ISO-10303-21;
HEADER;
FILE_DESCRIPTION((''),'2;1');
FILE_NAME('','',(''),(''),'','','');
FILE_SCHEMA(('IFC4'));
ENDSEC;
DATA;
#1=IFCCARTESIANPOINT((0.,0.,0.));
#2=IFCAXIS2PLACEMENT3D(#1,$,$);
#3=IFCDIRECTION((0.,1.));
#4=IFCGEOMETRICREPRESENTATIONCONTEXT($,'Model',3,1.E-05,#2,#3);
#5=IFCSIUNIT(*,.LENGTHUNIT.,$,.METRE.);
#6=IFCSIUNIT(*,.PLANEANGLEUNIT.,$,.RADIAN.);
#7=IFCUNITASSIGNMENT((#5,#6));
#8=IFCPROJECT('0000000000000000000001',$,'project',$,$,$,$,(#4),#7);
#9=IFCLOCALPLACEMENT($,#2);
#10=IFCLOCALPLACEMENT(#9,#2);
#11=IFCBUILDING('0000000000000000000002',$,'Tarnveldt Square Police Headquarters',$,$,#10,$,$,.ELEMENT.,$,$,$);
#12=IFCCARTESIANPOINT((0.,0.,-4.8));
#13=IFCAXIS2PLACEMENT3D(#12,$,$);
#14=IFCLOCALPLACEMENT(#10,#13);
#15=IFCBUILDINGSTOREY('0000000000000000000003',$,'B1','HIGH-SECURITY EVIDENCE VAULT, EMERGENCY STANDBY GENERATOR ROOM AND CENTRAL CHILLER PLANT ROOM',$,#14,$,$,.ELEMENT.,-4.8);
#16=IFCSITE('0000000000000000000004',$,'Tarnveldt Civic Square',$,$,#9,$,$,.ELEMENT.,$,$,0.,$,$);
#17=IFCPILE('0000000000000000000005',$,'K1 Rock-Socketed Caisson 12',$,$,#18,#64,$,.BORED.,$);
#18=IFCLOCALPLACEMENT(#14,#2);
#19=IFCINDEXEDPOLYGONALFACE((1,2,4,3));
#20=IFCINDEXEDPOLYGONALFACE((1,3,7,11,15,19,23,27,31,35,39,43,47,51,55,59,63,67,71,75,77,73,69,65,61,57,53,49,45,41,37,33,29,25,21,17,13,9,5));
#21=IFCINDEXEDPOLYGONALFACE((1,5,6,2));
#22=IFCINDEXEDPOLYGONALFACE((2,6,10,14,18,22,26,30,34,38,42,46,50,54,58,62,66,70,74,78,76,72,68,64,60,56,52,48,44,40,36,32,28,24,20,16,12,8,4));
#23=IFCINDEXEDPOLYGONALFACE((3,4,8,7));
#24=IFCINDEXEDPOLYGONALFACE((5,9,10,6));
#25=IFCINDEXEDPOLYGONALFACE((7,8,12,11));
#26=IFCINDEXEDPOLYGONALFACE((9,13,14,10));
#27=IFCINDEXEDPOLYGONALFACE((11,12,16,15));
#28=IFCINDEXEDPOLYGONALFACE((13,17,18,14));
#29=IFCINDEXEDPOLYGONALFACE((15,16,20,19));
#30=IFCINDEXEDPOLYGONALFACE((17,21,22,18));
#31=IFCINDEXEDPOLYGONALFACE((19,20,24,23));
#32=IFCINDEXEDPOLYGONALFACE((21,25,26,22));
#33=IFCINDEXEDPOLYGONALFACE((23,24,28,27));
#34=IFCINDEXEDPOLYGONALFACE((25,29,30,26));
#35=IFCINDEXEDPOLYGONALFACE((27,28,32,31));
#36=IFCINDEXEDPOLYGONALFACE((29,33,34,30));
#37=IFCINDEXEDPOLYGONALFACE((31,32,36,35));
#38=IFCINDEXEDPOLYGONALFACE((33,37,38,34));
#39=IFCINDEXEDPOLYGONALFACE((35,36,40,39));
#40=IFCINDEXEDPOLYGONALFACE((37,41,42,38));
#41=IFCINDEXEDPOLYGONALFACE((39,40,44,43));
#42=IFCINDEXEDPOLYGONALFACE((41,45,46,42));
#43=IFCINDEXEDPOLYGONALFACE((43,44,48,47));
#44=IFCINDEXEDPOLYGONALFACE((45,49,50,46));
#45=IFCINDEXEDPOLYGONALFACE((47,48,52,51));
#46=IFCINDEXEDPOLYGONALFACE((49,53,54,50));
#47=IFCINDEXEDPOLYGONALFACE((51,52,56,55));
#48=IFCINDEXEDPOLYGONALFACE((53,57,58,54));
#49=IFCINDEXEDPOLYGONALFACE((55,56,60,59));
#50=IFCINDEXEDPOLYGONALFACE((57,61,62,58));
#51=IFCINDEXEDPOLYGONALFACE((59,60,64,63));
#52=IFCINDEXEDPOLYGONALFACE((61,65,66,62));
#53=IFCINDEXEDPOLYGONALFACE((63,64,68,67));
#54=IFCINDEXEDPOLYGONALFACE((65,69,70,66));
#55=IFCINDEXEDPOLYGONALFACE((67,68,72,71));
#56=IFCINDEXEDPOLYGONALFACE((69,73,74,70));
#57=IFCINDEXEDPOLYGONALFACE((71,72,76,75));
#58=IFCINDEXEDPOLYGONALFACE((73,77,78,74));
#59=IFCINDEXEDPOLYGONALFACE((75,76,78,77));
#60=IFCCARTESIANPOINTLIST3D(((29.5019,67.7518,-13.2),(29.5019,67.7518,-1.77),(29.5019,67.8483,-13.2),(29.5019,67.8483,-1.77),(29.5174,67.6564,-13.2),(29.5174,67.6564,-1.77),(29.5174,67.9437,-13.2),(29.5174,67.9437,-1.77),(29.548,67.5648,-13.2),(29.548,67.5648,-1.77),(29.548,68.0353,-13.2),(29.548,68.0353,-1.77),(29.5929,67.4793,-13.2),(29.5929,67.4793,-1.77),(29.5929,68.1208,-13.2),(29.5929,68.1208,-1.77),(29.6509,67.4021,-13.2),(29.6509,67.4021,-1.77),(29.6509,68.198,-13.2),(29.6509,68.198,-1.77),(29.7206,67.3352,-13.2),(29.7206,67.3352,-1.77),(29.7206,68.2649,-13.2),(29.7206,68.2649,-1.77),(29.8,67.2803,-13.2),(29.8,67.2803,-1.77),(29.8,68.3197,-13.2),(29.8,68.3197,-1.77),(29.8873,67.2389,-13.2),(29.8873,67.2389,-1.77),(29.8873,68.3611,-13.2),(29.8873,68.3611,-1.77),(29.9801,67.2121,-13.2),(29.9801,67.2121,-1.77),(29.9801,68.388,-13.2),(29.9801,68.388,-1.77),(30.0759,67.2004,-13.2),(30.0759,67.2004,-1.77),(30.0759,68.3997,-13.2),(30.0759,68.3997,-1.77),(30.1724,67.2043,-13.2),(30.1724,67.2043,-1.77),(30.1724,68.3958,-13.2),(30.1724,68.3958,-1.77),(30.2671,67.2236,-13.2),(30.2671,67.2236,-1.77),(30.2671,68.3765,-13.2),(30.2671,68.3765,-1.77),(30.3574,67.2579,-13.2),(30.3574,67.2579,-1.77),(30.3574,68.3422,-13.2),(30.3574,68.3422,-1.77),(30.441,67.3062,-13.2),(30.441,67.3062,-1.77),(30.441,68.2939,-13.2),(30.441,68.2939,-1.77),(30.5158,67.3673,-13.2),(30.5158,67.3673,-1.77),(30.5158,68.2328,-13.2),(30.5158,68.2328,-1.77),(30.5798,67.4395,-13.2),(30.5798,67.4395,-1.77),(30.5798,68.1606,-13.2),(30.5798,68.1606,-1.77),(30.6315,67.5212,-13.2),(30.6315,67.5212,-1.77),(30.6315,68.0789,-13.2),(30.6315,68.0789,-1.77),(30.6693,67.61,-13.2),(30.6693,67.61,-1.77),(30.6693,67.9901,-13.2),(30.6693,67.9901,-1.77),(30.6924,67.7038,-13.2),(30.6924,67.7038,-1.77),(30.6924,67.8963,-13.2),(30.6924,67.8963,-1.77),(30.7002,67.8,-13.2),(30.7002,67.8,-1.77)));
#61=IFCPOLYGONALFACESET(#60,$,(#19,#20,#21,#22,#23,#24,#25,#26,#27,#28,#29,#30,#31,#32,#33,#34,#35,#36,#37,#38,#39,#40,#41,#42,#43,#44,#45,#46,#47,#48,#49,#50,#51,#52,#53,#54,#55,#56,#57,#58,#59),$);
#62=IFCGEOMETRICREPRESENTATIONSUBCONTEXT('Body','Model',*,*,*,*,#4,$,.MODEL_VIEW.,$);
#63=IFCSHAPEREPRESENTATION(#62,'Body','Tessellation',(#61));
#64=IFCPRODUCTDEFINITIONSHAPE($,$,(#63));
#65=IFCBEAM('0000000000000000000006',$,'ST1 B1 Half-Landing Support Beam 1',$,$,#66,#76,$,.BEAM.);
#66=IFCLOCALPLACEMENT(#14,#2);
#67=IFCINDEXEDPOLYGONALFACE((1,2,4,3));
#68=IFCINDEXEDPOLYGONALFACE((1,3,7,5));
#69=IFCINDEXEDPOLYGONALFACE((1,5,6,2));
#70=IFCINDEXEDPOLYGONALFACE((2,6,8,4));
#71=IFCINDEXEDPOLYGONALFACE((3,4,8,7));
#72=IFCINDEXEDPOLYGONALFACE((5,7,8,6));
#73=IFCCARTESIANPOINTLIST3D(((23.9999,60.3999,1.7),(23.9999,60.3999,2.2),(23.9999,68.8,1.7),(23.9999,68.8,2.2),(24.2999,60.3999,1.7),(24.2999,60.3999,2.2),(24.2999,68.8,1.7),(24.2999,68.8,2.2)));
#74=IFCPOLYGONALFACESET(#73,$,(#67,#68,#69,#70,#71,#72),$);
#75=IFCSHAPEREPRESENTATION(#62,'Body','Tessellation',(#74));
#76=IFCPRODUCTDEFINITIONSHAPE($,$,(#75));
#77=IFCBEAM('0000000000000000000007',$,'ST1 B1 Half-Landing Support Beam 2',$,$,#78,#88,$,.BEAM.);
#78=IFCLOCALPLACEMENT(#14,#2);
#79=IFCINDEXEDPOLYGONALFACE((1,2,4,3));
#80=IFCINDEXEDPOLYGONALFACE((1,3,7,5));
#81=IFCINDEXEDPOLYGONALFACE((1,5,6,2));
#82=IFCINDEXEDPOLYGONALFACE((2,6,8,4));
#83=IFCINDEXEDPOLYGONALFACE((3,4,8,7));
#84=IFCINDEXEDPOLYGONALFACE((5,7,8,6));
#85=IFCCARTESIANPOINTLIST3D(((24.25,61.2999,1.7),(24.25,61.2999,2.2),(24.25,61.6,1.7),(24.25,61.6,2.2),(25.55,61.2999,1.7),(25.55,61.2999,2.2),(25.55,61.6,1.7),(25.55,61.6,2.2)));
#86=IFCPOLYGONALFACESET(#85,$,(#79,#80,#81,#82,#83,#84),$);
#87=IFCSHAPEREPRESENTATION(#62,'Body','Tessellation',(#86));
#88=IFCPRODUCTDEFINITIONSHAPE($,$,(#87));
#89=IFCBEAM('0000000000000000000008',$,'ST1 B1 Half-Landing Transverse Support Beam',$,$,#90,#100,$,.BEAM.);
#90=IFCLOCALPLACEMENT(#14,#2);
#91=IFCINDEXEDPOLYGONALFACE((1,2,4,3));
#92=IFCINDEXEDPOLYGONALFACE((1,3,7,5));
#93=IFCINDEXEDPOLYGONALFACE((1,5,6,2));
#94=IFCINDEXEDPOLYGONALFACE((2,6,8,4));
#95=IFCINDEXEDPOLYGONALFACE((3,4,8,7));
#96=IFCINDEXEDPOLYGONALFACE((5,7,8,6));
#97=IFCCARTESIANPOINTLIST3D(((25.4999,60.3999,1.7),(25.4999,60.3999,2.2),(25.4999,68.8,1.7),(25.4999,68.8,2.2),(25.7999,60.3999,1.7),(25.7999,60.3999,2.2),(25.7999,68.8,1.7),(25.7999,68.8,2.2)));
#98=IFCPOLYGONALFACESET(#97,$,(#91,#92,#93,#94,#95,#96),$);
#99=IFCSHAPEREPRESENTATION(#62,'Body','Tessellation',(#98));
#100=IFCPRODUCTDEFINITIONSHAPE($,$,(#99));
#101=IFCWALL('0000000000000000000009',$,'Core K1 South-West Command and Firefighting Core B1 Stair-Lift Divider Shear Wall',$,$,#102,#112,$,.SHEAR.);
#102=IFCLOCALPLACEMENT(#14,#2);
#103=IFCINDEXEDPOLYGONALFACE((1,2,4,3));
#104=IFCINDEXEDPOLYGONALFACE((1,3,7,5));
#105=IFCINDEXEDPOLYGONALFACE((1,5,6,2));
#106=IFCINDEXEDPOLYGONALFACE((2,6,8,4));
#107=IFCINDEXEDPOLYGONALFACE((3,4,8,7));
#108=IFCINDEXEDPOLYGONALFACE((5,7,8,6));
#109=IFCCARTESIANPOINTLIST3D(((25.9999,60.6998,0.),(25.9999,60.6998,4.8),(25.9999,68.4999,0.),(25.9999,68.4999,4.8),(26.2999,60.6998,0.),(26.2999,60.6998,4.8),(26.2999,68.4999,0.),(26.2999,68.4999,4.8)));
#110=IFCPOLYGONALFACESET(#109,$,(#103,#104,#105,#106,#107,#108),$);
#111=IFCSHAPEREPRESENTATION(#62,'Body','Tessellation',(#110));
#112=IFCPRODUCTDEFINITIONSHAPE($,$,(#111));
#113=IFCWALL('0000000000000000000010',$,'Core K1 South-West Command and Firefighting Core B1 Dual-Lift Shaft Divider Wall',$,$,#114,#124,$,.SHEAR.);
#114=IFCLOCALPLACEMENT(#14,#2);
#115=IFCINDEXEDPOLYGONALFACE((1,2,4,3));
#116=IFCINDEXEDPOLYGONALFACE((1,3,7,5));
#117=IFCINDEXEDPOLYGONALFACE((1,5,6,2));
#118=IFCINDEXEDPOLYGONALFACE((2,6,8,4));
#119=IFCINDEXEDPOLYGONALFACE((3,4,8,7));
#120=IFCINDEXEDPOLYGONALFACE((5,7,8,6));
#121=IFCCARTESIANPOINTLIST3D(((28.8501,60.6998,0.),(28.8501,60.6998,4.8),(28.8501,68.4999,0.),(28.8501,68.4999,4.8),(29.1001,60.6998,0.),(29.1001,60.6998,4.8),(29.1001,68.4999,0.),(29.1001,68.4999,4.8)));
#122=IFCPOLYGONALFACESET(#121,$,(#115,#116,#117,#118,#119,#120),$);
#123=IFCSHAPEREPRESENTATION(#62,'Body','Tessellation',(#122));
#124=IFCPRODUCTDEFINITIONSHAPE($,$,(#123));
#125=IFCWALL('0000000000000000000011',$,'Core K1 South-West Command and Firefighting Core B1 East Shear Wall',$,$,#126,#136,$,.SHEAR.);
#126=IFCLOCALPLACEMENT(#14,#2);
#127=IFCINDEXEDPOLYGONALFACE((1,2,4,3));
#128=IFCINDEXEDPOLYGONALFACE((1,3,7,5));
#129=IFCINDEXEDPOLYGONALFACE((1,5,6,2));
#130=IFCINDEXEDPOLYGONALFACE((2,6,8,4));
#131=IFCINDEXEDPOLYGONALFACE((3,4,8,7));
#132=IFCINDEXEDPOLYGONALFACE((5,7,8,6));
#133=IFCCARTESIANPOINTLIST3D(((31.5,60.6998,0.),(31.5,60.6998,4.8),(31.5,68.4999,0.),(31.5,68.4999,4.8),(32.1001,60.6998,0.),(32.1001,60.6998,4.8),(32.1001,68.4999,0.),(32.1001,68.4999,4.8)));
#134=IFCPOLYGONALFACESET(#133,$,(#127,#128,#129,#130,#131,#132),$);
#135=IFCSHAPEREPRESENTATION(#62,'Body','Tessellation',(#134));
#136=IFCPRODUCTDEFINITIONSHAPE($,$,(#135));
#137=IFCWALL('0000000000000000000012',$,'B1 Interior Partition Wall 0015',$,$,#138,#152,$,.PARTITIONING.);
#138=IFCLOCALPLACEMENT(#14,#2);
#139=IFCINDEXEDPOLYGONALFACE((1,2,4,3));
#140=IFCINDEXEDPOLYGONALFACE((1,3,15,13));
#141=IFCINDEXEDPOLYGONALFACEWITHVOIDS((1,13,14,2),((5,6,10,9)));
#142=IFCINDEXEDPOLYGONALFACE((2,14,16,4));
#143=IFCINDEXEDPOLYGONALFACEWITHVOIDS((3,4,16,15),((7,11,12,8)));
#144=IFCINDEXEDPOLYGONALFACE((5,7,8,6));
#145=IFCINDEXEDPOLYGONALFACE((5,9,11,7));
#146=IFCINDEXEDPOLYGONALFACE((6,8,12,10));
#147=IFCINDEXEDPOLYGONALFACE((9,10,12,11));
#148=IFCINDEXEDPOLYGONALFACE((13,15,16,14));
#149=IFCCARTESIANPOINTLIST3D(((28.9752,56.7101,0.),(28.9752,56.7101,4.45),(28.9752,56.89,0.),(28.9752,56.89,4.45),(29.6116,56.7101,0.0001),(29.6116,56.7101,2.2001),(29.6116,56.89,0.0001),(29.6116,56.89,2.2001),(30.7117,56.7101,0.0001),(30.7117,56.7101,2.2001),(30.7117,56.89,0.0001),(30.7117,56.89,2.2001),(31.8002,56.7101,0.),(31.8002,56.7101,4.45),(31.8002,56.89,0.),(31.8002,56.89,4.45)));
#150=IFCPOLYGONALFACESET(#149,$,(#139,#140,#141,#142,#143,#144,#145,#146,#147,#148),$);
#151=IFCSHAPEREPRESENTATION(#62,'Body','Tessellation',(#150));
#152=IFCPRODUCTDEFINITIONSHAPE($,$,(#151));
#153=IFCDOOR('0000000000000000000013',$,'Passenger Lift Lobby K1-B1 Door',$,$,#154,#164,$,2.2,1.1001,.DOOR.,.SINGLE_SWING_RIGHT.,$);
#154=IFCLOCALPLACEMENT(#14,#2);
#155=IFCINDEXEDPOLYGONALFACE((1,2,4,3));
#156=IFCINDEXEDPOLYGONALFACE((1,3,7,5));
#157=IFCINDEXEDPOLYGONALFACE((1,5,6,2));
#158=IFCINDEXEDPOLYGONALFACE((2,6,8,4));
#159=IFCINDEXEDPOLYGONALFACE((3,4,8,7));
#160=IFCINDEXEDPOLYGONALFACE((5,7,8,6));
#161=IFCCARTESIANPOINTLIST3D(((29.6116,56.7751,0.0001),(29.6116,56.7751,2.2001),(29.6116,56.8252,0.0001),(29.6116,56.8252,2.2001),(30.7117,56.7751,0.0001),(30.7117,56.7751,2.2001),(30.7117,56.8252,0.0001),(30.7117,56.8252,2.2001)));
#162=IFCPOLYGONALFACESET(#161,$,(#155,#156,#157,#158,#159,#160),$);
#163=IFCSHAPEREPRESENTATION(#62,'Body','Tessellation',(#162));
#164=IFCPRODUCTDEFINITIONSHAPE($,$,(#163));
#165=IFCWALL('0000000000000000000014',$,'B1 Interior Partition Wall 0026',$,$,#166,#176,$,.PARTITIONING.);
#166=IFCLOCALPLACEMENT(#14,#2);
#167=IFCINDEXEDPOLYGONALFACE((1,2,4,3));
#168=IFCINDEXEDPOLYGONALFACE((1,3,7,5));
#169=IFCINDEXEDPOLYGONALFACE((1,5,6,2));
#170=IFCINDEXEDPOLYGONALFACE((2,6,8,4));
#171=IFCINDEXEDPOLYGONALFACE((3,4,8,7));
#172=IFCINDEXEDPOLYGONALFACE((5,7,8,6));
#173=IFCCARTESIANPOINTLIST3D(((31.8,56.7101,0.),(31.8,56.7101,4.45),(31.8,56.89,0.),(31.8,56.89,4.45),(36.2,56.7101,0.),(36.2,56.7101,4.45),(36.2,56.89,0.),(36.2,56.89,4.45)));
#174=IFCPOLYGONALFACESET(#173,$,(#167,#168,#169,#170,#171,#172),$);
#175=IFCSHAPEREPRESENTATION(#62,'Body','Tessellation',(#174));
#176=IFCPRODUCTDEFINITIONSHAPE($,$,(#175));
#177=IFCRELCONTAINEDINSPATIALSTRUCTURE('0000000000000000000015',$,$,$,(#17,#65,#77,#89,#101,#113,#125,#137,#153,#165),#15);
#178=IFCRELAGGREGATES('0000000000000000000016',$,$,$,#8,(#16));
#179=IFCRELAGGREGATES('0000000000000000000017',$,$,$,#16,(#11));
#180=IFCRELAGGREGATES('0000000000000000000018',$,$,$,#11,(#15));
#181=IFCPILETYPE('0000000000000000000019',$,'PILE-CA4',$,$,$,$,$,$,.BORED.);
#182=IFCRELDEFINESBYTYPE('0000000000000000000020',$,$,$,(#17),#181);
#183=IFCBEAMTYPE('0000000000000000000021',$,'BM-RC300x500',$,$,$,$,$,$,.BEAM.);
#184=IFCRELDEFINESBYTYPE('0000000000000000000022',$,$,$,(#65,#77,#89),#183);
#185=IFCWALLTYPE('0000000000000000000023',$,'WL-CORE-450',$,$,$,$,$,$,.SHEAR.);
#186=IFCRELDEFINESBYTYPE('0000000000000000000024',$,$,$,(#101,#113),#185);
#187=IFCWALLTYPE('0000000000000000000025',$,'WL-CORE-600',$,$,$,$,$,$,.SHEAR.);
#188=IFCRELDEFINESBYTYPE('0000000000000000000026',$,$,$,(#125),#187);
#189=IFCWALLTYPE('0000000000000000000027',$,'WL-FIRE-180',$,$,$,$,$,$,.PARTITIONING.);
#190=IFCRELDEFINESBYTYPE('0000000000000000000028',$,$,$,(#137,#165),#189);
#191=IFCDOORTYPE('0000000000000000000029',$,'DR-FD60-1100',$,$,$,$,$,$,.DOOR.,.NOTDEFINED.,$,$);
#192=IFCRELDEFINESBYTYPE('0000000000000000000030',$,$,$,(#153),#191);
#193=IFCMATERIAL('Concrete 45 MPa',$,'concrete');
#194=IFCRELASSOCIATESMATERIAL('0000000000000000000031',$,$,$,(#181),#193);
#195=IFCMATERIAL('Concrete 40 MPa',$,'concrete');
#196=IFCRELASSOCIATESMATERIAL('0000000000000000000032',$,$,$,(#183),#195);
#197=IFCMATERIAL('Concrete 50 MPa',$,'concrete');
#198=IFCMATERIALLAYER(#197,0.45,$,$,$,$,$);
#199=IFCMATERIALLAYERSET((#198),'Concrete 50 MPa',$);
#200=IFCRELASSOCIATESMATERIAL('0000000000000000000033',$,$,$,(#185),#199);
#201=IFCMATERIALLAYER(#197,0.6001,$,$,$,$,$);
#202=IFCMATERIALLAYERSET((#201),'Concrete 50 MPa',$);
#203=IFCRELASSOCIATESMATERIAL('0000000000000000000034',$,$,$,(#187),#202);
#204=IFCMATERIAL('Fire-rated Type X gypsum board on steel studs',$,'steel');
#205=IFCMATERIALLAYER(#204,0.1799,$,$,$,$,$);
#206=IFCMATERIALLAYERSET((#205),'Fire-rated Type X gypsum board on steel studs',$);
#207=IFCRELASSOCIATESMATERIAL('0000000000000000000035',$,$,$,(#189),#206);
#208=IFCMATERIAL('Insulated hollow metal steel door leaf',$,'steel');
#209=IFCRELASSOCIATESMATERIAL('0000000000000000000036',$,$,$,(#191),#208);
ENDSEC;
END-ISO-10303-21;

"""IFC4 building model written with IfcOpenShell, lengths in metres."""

from ifc_helpers import new_model, si_unit, direction, frame, frame_2d, origin, origin_2d, place, context, subcontext, project, spatial, rectangle, circle, extrude, material, layer, layer_set, material_profile, profile_set, type_object, element, fill, save


model = new_model("IFC4")

# Units and contexts
model_context = context("Model", 3, precision=1e-05, world=origin(), true_north=direction((0.0, 1.0)))
body_context = subcontext(model_context, "Body", "Model", "MODEL_VIEW")
ifc_project = project(units=[si_unit("LENGTHUNIT", "METRE"), si_unit("PLANEANGLEUNIT", "RADIAN")], contexts=[model_context])

# Site, building, storey
site_placement = place(None, origin())
site = spatial("IfcSite", under=ifc_project, at=site_placement, Name="Tarnveldt Civic Square", CompositionType="ELEMENT", RefElevation=0.0)
building_placement = place(site_placement, origin())
building = spatial("IfcBuilding", under=site, at=building_placement, Name="Tarnveldt Square Police Headquarters", CompositionType="ELEMENT")
storey_placement = place(building_placement, frame((0.0, 0.0, -4.8)))
storey = spatial("IfcBuildingStorey", under=building, at=storey_placement, Name="B1", Description="HIGH-SECURITY EVIDENCE VAULT, EMERGENCY STANDBY GENERATOR ROOM AND CENTRAL CHILLER PLANT ROOM", CompositionType="ELEMENT", Elevation=-4.8)

# Shared definitions
ifc_material_1 = material(Name="Concrete 45 MPa", Category="concrete")

# Pile
ifc_material_profile_1 = material_profile(ifc_material_1, circle(Radius=0.6001, at=origin_2d()), Name="CAISSON-D1200")
ifc_profile_set_1 = profile_set([ifc_material_profile_1], Name="Concrete 45 MPa")
pile_type_1 = type_object("IfcPileType", Name="PILE-CA4", PredefinedType="BORED", material=ifc_profile_set_1)
for number, where, z_axis, x_axis, name in (
    (1, (30.1001, 67.8, -1.77), (0.0, 0.0, -1.0), (1.0, 0.0, 0.0), "K1 Rock-Socketed Caisson 12"),
):
    element("IfcPile", number, at=place(storey_placement, frame(where, z_axis=z_axis, x_axis=x_axis)), inside=storey, type_object=pile_type_1, Name=name, PredefinedType="BORED", context=body_context, shape_type="SweptSolid", body=[
        extrude(circle(Radius=0.6001, at=origin_2d()), origin(), (0.0, 0.0, 1.0), 11.4299),
    ])

# Beams
ifc_material_2 = material(Name="Concrete 40 MPa", Category="concrete")
ifc_material_profile_2 = material_profile(ifc_material_2, rectangle(XDim=0.3, YDim=0.5, at=origin_2d()), Name="RC-B300x500")
ifc_profile_set_2 = profile_set([ifc_material_profile_2], Name="Concrete 40 MPa")
beam_type = type_object("IfcBeamType", Name="BM-RC300x500", PredefinedType="BEAM", material=ifc_profile_set_2)
beam_1_placement = place(storey_placement, frame((24.1499, 60.3999, 1.95), z_axis=(0.0, 1.0, 0.0), x_axis=(-1.0, 0.0, 0.0)))
element("IfcBeam", 2, at=beam_1_placement, inside=storey, type_object=beam_type, Name="ST1 B1 Half-Landing Support Beam 1", PredefinedType="BEAM", context=body_context, shape_type="SweptSolid", body=[
    extrude(rectangle(XDim=0.3, YDim=0.5, at=origin_2d()), origin(), (0.0, 0.0, 1.0), 8.4001),
])
beam_2_placement = place(storey_placement, frame((24.25, 61.45, 1.95), z_axis=(1.0, 0.0, 0.0), x_axis=(0.0, 1.0, 0.0)))
element("IfcBeam", 3, at=beam_2_placement, inside=storey, type_object=beam_type, Name="ST1 B1 Half-Landing Support Beam 2", PredefinedType="BEAM", context=body_context, shape_type="SweptSolid", body=[
    extrude(rectangle(XDim=0.3, YDim=0.5, at=origin_2d()), origin(), (0.0, 0.0, 1.0), 1.3),
])
beam_3_placement = place(storey_placement, frame((25.6499, 60.3999, 1.95), z_axis=(0.0, 1.0, 0.0), x_axis=(-1.0, 0.0, 0.0)))
element("IfcBeam", 4, at=beam_3_placement, inside=storey, type_object=beam_type, Name="ST1 B1 Half-Landing Transverse Support Beam", PredefinedType="BEAM", context=body_context, shape_type="SweptSolid", body=[
    extrude(rectangle(XDim=0.3, YDim=0.5, at=origin_2d()), origin(), (0.0, 0.0, 1.0), 8.4001),
])

# Walls
ifc_material_3 = material(Name="Concrete 50 MPa", Category="concrete")
ifc_layer_1 = layer(ifc_material_3, 0.45)
ifc_layer_set_1 = layer_set([ifc_layer_1], Name="Concrete 50 MPa")
wall_type_1 = type_object("IfcWallType", Name="WL-CORE-450", PredefinedType="SHEAR", material=ifc_layer_set_1)
wall_1_placement = place(storey_placement, frame((26.1499, 60.7, 0.0), z_axis=(0.0, 0.0, 1.0), x_axis=(0.0, 1.0, 0.0)))
element("IfcWall", 5, at=wall_1_placement, inside=storey, type_object=wall_type_1, Name="Core K1 South-West Command and Firefighting Core B1 Stair-Lift Divider Shear Wall", PredefinedType="SHEAR", context=body_context, shape_type="SweptSolid", body=[
    extrude(rectangle(XDim=7.8, YDim=0.3, at=frame_2d((3.8999, 0.0))), origin(), (0.0, 0.0, 1.0), 4.8),
])
wall_2_placement = place(storey_placement, frame((28.9751, 60.7, 0.0), z_axis=(0.0, 0.0, 1.0), x_axis=(0.0, 1.0, 0.0)))
element("IfcWall", 6, at=wall_2_placement, inside=storey, type_object=wall_type_1, Name="Core K1 South-West Command and Firefighting Core B1 Dual-Lift Shaft Divider Wall", PredefinedType="SHEAR", context=body_context, shape_type="SweptSolid", body=[
    extrude(rectangle(XDim=7.8, YDim=0.25, at=frame_2d((3.8999, 0.0))), origin(), (0.0, 0.0, 1.0), 4.8),
])
ifc_layer_2 = layer(ifc_material_3, 0.6001)
ifc_layer_set_2 = layer_set([ifc_layer_2], Name="Concrete 50 MPa")
wall_type_2 = type_object("IfcWallType", Name="WL-CORE-600", PredefinedType="SHEAR", material=ifc_layer_set_2)
wall_3_placement = place(storey_placement, frame((31.8, 60.7, 0.0), z_axis=(0.0, 0.0, 1.0), x_axis=(0.0, 1.0, 0.0)))
element("IfcWall", 7, at=wall_3_placement, inside=storey, type_object=wall_type_2, Name="Core K1 South-West Command and Firefighting Core B1 East Shear Wall", PredefinedType="SHEAR", context=body_context, shape_type="SweptSolid", body=[
    extrude(rectangle(XDim=7.8, YDim=0.6001, at=frame_2d((3.8999, 0.0))), origin(), (0.0, 0.0, 1.0), 4.8),
])

# Wall, opening, door
ifc_material_4 = material(Name="Fire-rated Type X gypsum board on steel studs", Category="steel")
ifc_layer_3 = layer(ifc_material_4, 0.1799)
ifc_layer_set_3 = layer_set([ifc_layer_3], Name="Fire-rated Type X gypsum board on steel studs")
wall_type_3 = type_object("IfcWallType", Name="WL-FIRE-180", PredefinedType="PARTITIONING", material=ifc_layer_set_3)
wall_4_placement = place(storey_placement, frame((28.9751, 56.8, 0.0), z_axis=(0.0, 0.0, 1.0), x_axis=(1.0, 0.0, 0.0)))
wall_4 = element("IfcWall", 8, at=wall_4_placement, inside=storey, type_object=wall_type_3, Name="B1 Interior Partition Wall 0015", PredefinedType="PARTITIONING", context=body_context, shape_type="SweptSolid", body=[
    extrude(rectangle(XDim=2.825, YDim=0.1799, at=frame_2d((1.4126, 0.0))), origin(), (0.0, 0.0, 1.0), 4.45),
])
opening_placement = place(wall_4_placement, frame((0.6365, 0.0, 0.0)))
opening = element("IfcOpeningElement", 9, at=opening_placement, cuts=wall_4, PredefinedType="OPENING", context=body_context, shape_type="SweptSolid", body=[
    extrude(rectangle(XDim=1.1001, YDim=2.2, at=frame_2d((0.55, 1.1001))), frame((0.0, 0.0999, 0.0), z_axis=(0.0, -1.0, 0.0), x_axis=(1.0, 0.0, 0.0)), (0.0, 0.0, 1.0), 0.2),
])
ifc_material_5 = material(Name="Insulated hollow metal steel door leaf", Category="steel")
door_type = type_object("IfcDoorType", Name="DR-FD60-1100", OperationType="NOTDEFINED", PredefinedType="DOOR", material=ifc_material_5)
door_placement = place(opening_placement, frame((1.1001, 0.0, 0.0), z_axis=(0.0, 0.0, 1.0), x_axis=(-1.0, 0.0, 0.0)))
door = element("IfcDoor", 10, at=door_placement, inside=storey, type_object=door_type, Name="Passenger Lift Lobby K1-B1 Door", OperationType="SINGLE_SWING_RIGHT", OverallHeight=2.2, OverallWidth=1.1001, PredefinedType="DOOR", context=body_context, shape_type="SweptSolid", body=[
    extrude(rectangle(XDim=1.1001, YDim=2.2, at=frame_2d((0.55, 1.1001))), frame((0.0, 0.0249, 0.0), z_axis=(0.0, -1.0, 0.0), x_axis=(1.0, 0.0, 0.0)), (0.0, 0.0, 1.0), 0.05),
])
fill(opening, door)

# Wall
wall_5_placement = place(storey_placement, frame((31.8, 56.8, 0.0), z_axis=(0.0, 0.0, 1.0), x_axis=(1.0, 0.0, 0.0)))
element("IfcWall", 11, at=wall_5_placement, inside=storey, type_object=wall_type_3, Name="B1 Interior Partition Wall 0026", PredefinedType="PARTITIONING", context=body_context, shape_type="SweptSolid", body=[
    extrude(rectangle(XDim=4.3999, YDim=0.1799, at=frame_2d((2.2, 0.0))), origin(), (0.0, 0.0, 1.0), 4.45),
])

save(model, "model.ifc")
